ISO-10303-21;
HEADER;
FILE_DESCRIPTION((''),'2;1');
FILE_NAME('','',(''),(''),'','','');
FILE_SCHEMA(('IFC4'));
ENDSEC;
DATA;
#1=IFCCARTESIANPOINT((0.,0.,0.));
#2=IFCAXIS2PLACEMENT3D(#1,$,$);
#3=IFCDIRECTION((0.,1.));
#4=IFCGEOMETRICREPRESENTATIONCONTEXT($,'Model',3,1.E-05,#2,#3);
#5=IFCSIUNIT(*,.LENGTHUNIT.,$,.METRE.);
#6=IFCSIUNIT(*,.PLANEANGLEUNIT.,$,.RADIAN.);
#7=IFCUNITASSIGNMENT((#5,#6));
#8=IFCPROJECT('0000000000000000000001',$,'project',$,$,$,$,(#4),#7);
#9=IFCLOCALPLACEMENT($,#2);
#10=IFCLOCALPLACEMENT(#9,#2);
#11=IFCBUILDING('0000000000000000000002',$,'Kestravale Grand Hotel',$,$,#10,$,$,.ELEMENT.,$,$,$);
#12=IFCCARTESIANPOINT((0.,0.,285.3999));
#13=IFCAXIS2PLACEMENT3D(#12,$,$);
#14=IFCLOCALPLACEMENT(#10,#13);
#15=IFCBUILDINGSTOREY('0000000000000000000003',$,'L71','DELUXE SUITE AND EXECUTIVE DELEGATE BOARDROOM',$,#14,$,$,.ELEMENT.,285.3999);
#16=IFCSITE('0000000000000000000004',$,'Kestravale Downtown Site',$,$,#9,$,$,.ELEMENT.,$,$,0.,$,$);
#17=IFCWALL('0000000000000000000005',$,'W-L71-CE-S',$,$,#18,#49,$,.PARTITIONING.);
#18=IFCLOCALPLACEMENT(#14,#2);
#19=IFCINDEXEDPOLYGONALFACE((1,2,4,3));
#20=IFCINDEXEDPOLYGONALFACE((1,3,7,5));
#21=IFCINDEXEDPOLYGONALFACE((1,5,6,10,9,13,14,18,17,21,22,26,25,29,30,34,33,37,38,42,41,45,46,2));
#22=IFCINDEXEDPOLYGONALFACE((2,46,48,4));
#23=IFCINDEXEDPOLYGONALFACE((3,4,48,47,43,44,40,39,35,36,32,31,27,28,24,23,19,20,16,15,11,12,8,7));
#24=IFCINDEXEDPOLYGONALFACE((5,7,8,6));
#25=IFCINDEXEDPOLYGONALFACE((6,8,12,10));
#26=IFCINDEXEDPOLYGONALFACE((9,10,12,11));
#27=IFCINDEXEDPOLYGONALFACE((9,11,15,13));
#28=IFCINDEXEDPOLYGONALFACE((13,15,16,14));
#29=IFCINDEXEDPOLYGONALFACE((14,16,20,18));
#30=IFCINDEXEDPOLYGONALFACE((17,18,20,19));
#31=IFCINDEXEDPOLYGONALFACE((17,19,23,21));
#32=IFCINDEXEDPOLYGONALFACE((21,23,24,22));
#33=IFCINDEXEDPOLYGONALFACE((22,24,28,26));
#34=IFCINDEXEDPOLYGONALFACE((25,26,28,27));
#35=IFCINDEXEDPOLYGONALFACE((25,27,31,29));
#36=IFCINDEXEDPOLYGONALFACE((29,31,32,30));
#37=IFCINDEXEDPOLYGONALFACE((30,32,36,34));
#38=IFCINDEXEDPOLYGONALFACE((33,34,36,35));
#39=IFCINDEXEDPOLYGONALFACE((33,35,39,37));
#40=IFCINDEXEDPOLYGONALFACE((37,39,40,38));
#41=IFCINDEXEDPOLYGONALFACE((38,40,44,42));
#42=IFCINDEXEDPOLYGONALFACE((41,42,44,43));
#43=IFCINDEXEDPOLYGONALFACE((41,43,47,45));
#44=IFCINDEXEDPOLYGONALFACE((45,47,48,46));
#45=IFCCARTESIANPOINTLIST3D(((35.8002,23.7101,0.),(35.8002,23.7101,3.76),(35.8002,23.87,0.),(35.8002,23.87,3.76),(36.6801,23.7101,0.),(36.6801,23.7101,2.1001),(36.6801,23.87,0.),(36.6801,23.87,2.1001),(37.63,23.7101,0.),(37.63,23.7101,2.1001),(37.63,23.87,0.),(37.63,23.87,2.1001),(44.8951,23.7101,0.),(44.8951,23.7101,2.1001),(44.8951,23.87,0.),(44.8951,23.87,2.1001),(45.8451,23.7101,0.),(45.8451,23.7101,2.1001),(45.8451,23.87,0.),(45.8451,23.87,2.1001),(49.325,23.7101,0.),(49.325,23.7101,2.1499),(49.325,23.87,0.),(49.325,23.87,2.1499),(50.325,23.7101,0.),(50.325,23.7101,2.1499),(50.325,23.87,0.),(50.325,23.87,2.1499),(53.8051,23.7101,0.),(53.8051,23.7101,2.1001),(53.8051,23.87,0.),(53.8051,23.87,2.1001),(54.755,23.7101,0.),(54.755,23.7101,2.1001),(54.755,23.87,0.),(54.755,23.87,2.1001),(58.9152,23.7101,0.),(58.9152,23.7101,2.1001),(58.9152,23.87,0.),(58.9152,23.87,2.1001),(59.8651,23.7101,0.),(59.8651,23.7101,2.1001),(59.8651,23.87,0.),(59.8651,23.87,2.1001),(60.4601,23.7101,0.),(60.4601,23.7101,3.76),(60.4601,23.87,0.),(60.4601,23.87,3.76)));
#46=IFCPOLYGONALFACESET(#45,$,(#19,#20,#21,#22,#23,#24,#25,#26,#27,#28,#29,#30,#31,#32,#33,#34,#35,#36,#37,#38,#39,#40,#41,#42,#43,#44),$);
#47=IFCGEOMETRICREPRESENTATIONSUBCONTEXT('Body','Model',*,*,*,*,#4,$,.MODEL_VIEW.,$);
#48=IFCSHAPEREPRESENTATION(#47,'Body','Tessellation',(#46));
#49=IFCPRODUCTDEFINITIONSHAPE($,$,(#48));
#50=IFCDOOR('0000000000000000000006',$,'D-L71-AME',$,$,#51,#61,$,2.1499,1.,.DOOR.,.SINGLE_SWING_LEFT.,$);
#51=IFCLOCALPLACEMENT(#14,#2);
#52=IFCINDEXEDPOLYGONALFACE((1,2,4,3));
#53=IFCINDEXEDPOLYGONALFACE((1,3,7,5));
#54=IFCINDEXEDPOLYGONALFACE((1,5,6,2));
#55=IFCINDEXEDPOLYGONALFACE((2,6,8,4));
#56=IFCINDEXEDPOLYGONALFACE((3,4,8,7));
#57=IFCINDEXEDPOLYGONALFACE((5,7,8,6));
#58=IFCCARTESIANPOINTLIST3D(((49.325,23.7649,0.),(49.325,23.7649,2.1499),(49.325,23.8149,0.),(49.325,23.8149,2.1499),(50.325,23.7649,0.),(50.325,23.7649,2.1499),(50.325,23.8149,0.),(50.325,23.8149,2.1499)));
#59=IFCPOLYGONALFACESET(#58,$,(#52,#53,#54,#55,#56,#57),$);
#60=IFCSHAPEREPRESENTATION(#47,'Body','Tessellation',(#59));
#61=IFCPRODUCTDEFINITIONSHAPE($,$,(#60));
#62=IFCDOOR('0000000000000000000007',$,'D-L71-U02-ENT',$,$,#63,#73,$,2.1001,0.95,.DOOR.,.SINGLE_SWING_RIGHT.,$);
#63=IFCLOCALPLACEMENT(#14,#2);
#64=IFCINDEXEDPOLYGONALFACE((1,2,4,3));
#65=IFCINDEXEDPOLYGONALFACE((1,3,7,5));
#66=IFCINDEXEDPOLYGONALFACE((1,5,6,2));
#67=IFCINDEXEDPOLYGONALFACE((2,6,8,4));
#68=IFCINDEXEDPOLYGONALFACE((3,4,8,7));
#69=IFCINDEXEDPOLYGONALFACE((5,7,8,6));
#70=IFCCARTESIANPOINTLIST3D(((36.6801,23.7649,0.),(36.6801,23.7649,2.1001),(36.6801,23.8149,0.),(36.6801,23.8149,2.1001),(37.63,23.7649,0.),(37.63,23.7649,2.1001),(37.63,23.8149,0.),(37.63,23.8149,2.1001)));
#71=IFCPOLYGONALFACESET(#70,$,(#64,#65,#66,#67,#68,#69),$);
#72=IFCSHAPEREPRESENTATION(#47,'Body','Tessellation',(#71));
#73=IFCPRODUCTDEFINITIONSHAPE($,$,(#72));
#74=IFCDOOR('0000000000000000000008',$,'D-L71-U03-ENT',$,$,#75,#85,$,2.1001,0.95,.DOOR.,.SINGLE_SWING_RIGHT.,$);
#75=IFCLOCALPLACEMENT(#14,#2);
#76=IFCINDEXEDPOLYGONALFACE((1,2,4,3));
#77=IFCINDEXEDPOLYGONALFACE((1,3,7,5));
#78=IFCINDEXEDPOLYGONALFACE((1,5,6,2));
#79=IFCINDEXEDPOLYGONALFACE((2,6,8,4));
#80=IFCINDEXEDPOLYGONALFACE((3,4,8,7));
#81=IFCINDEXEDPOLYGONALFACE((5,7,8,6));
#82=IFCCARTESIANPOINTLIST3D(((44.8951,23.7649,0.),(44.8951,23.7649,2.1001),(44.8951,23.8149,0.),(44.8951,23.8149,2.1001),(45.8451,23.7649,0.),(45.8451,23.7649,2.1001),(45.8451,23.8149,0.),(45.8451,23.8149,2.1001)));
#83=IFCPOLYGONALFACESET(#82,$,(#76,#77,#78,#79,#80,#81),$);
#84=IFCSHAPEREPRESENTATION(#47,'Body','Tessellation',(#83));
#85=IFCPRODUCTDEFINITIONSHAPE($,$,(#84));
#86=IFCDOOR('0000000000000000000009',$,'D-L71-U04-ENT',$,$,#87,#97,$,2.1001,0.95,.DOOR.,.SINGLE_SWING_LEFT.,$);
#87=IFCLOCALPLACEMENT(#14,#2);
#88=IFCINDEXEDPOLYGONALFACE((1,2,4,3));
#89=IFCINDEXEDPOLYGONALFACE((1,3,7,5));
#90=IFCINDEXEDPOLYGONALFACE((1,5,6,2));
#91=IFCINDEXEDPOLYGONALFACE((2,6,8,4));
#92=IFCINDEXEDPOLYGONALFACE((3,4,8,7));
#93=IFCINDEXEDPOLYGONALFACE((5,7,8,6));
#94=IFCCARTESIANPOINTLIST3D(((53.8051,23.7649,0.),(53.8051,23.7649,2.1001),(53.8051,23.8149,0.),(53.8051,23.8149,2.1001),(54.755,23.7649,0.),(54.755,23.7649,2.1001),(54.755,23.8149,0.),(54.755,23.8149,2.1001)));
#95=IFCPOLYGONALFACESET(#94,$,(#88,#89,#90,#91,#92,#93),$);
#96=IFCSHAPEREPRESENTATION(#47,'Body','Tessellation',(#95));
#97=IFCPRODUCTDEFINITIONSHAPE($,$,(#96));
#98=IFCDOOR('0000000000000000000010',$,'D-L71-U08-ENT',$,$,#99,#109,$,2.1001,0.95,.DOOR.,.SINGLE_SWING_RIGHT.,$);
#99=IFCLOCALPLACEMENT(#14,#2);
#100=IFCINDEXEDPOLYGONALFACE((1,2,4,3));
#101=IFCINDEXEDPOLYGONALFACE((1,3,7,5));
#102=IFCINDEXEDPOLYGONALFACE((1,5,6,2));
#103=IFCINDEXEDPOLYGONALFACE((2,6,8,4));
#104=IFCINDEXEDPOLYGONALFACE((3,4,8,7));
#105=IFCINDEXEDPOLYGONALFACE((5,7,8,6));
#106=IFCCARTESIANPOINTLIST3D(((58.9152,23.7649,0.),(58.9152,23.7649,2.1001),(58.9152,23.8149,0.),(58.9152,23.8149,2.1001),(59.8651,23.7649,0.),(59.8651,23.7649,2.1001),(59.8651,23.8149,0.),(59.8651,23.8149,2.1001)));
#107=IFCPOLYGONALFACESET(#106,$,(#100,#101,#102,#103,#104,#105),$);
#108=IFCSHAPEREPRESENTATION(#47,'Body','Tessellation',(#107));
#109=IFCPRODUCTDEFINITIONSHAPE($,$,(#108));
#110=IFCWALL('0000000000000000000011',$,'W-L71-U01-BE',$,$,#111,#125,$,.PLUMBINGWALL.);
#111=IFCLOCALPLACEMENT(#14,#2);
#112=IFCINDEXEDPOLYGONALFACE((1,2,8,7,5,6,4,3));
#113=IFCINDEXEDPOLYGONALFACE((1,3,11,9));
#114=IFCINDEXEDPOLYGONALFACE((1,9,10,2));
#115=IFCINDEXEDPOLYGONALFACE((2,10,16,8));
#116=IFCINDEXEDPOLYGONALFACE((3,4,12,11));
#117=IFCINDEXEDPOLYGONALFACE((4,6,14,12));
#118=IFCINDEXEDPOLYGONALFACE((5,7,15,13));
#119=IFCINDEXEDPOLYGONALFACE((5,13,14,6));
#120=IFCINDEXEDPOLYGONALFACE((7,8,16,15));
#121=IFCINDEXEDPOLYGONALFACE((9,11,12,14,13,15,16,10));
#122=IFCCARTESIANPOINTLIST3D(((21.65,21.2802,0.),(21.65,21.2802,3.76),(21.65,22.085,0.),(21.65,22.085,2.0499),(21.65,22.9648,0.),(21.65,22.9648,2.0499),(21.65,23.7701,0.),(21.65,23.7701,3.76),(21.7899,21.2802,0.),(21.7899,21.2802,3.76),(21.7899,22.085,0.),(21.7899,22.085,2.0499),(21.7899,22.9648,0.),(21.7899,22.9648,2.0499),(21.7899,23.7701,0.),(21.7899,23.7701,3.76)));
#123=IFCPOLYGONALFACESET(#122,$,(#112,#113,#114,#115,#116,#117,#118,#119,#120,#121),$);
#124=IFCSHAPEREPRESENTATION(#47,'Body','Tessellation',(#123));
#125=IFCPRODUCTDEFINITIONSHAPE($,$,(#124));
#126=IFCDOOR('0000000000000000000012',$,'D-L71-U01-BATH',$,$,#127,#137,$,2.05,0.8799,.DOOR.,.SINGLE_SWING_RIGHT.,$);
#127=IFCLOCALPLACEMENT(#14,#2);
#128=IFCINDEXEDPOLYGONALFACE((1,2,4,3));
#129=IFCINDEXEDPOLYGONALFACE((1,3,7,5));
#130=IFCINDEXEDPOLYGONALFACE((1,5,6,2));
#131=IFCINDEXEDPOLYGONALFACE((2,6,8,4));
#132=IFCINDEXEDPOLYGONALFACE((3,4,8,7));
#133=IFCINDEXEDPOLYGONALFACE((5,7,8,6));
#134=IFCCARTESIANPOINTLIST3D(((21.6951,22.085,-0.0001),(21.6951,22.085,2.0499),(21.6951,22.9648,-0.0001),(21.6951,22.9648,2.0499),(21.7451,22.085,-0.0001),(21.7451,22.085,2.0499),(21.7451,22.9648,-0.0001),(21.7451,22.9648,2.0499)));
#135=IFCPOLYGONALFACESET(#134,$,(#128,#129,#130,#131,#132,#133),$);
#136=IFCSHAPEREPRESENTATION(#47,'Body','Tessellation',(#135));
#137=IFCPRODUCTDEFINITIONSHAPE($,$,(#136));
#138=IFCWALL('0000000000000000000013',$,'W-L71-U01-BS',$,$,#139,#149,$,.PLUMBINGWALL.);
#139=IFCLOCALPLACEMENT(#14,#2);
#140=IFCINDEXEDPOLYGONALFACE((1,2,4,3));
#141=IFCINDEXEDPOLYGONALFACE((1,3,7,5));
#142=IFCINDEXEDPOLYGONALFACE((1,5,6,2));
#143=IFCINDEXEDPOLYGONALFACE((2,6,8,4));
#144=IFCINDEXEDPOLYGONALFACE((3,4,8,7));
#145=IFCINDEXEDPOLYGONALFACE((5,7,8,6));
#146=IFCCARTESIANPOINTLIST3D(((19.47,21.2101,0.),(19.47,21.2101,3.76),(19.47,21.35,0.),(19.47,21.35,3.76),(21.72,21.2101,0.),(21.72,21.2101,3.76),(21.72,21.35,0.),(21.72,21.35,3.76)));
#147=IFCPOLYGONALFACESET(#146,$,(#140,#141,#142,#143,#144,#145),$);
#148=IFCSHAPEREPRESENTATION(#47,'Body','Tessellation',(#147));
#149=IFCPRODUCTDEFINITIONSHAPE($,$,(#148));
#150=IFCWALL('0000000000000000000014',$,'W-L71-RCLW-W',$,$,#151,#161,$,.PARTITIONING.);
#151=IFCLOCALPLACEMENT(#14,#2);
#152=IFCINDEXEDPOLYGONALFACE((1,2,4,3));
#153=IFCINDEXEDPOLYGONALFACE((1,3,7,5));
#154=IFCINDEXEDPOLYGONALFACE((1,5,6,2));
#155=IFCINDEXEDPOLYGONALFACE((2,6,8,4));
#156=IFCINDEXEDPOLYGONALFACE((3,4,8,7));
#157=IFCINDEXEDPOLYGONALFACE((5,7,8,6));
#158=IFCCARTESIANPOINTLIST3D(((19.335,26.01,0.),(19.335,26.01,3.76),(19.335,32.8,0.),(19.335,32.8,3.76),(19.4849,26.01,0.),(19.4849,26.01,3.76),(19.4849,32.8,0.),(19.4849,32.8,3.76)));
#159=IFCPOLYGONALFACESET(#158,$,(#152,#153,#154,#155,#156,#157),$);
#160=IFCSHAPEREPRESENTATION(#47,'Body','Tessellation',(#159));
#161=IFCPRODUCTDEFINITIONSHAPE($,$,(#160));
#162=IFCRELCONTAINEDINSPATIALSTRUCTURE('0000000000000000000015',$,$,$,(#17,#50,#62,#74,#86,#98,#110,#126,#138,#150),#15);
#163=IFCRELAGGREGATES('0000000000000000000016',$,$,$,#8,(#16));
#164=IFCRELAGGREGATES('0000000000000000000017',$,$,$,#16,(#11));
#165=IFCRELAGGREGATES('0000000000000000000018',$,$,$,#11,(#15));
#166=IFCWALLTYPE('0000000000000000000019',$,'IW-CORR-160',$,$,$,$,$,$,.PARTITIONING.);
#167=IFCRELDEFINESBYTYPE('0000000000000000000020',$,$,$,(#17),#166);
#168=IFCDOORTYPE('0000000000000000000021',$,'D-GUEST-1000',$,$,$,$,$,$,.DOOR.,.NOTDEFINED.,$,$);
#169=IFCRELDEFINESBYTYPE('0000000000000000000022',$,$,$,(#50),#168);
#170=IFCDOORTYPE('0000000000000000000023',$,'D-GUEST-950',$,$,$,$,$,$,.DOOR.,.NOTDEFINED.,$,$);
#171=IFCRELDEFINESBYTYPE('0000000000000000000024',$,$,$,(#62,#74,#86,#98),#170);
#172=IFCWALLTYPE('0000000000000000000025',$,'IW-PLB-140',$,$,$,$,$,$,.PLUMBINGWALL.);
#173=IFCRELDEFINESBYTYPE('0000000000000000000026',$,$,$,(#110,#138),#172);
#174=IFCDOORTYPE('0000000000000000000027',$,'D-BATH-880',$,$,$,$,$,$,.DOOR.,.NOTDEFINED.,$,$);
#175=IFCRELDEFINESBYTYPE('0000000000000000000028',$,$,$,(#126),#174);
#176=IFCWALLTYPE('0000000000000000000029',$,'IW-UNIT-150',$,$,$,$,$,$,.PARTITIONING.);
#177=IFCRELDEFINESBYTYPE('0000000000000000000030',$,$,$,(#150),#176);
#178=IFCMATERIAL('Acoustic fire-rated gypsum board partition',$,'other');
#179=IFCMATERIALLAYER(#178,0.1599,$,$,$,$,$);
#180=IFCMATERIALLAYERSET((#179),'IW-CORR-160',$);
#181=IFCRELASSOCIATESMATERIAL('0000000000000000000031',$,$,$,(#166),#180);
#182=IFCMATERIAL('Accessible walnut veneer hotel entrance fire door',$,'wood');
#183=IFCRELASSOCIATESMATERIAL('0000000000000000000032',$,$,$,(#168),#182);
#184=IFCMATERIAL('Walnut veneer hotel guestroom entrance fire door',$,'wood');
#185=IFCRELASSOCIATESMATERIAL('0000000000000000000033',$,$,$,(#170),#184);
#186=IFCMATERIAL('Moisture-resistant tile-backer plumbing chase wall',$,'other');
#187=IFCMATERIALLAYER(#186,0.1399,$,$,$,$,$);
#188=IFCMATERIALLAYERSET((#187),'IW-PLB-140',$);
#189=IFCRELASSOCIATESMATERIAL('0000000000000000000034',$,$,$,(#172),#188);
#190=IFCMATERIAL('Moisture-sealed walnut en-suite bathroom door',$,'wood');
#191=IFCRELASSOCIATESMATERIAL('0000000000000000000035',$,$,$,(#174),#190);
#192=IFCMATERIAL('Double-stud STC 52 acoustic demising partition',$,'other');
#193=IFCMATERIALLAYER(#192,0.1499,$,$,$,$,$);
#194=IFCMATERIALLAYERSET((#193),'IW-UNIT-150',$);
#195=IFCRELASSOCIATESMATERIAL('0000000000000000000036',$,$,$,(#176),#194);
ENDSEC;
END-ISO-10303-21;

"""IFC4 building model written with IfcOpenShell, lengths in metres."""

from ifc_helpers import new_model, si_unit, direction, frame, frame_2d, origin, place, context, subcontext, project, spatial, rectangle, extrude, material, layer, layer_set, type_object, element, fill, save


model = new_model("IFC4")

# Units and contexts
model_context = context("Model", 3, precision=1e-05, world=origin(), true_north=direction((0.0, 1.0)))
body_context = subcontext(model_context, "Body", "Model", "MODEL_VIEW")
ifc_project = project(units=[si_unit("LENGTHUNIT", "METRE"), si_unit("PLANEANGLEUNIT", "RADIAN")], contexts=[model_context])

# Site, building, storey
site_placement = place(None, origin())
site = spatial("IfcSite", under=ifc_project, at=site_placement, Name="Kestravale Downtown Site", CompositionType="ELEMENT", RefElevation=0.0)
building_placement = place(site_placement, origin())
building = spatial("IfcBuilding", under=site, at=building_placement, Name="Kestravale Grand Hotel", CompositionType="ELEMENT")
storey_placement = place(building_placement, frame((0.0, 0.0, 285.3999)))
storey = spatial("IfcBuildingStorey", under=building, at=storey_placement, Name="L71", Description="DELUXE SUITE AND EXECUTIVE DELEGATE BOARDROOM", CompositionType="ELEMENT", Elevation=285.3999)

# Shared definitions
ifc_material_1 = material(Name="Acoustic fire-rated gypsum board partition", Category="other")
ifc_layer_1 = layer(ifc_material_1, 0.1599)
ifc_layer_set_1 = layer_set([ifc_layer_1], Name="IW-CORR-160")
wall_type_1 = type_object("IfcWallType", Name="IW-CORR-160", PredefinedType="PARTITIONING", material=ifc_layer_set_1)
ifc_material_2 = material(Name="Accessible walnut veneer hotel entrance fire door", Category="wood")
door_type_1 = type_object("IfcDoorType", Name="D-GUEST-1000", OperationType="NOTDEFINED", PredefinedType="DOOR", material=ifc_material_2)

# Wall, openings, doors
wall_1_placement = place(storey_placement, frame((35.8, 23.79, 0.0), z_axis=(0.0, 0.0, 1.0), x_axis=(1.0, 0.0, 0.0)))
wall_1 = element("IfcWall", 1, at=wall_1_placement, inside=storey, type_object=wall_type_1, Name="W-L71-CE-S", PredefinedType="PARTITIONING", context=body_context, shape_type="SweptSolid", body=[
    extrude(rectangle(XDim=24.6599, YDim=0.1599, at=frame_2d((12.3301, 0.0))), origin(), (0.0, 0.0, 1.0), 3.76),
])
opening_1_placement = place(wall_1_placement, frame((0.8799, 0.0, 0.0)))
opening_1 = element("IfcOpeningElement", 2, at=opening_1_placement, cuts=wall_1, PredefinedType="OPENING", context=body_context, shape_type="SweptSolid", body=[
    extrude(rectangle(XDim=0.95, YDim=2.1001, at=frame_2d((0.4751, 1.05))), frame((0.0, 0.0898, 0.0), z_axis=(0.0, -1.0, 0.0), x_axis=(1.0, 0.0, 0.0)), (0.0, 0.0, 1.0), 0.1799),
])
opening_2_placement = place(wall_1_placement, frame((9.095, 0.0, 0.0)))
opening_2 = element("IfcOpeningElement", 3, at=opening_2_placement, cuts=wall_1, PredefinedType="OPENING", context=body_context, shape_type="SweptSolid", body=[
    extrude(rectangle(XDim=0.95, YDim=2.1001, at=frame_2d((0.4751, 1.05))), frame((0.0, 0.0898, 0.0), z_axis=(0.0, -1.0, 0.0), x_axis=(1.0, 0.0, 0.0)), (0.0, 0.0, 1.0), 0.1799),
])
opening_3_placement = place(wall_1_placement, frame((13.5249, 0.0, 0.0)))
opening_3 = element("IfcOpeningElement", 4, at=opening_3_placement, cuts=wall_1, PredefinedType="OPENING", context=body_context, shape_type="SweptSolid", body=[
    extrude(rectangle(XDim=1.0, YDim=2.1499, at=frame_2d((0.5, 1.075))), frame((0.0, 0.0898, 0.0), z_axis=(0.0, -1.0, 0.0), x_axis=(1.0, 0.0, 0.0)), (0.0, 0.0, 1.0), 0.1799),
])
opening_4_placement = place(wall_1_placement, frame((18.0049, 0.0, 0.0)))
opening_4 = element("IfcOpeningElement", 5, at=opening_4_placement, cuts=wall_1, PredefinedType="OPENING", context=body_context, shape_type="SweptSolid", body=[
    extrude(rectangle(XDim=0.95, YDim=2.1001, at=frame_2d((0.4751, 1.05))), frame((0.0, 0.0898, 0.0), z_axis=(0.0, -1.0, 0.0), x_axis=(1.0, 0.0, 0.0)), (0.0, 0.0, 1.0), 0.1799),
])
opening_5_placement = place(wall_1_placement, frame((23.115, 0.0, 0.0)))
opening_5 = element("IfcOpeningElement", 6, at=opening_5_placement, cuts=wall_1, PredefinedType="OPENING", context=body_context, shape_type="SweptSolid", body=[
    extrude(rectangle(XDim=0.95, YDim=2.1001, at=frame_2d((0.4751, 1.05))), frame((0.0, 0.0898, 0.0), z_axis=(0.0, -1.0, 0.0), x_axis=(1.0, 0.0, 0.0)), (0.0, 0.0, 1.0), 0.1799),
])
door_1_placement = place(opening_3_placement, origin())
door_1 = element("IfcDoor", 7, at=door_1_placement, inside=storey, type_object=door_type_1, Name="D-L71-AME", OperationType="SINGLE_SWING_LEFT", OverallHeight=2.1499, OverallWidth=1.0, PredefinedType="DOOR", context=body_context, shape_type="SweptSolid", body=[
    extrude(rectangle(XDim=1.0, YDim=2.1499, at=frame_2d((0.5, 1.075))), frame((0.0, 0.0249, 0.0), z_axis=(0.0, -1.0, 0.0), x_axis=(1.0, 0.0, 0.0)), (0.0, 0.0, 1.0), 0.05),
])
fill(opening_3, door_1)
ifc_material_3 = material(Name="Walnut veneer hotel guestroom entrance fire door", Category="wood")
door_type_2 = type_object("IfcDoorType", Name="D-GUEST-950", OperationType="NOTDEFINED", PredefinedType="DOOR", material=ifc_material_3)
door_2_placement = place(opening_1_placement, origin())
door_2 = element("IfcDoor", 8, at=door_2_placement, inside=storey, type_object=door_type_2, Name="D-L71-U02-ENT", OperationType="SINGLE_SWING_RIGHT", OverallHeight=2.1001, OverallWidth=0.95, PredefinedType="DOOR", context=body_context, shape_type="SweptSolid", body=[
    extrude(rectangle(XDim=0.95, YDim=2.1001, at=frame_2d((0.4751, 1.05))), frame((0.0, 0.0249, 0.0), z_axis=(0.0, -1.0, 0.0), x_axis=(1.0, 0.0, 0.0)), (0.0, 0.0, 1.0), 0.05),
])
fill(opening_1, door_2)
door_3_placement = place(opening_2_placement, origin())
door_3 = element("IfcDoor", 9, at=door_3_placement, inside=storey, type_object=door_type_2, Name="D-L71-U03-ENT", OperationType="SINGLE_SWING_RIGHT", OverallHeight=2.1001, OverallWidth=0.95, PredefinedType="DOOR", context=body_context, shape_type="SweptSolid", body=[
    extrude(rectangle(XDim=0.95, YDim=2.1001, at=frame_2d((0.4751, 1.05))), frame((0.0, 0.0249, 0.0), z_axis=(0.0, -1.0, 0.0), x_axis=(1.0, 0.0, 0.0)), (0.0, 0.0, 1.0), 0.05),
])
fill(opening_2, door_3)
door_4_placement = place(opening_4_placement, origin())
door_4 = element("IfcDoor", 10, at=door_4_placement, inside=storey, type_object=door_type_2, Name="D-L71-U04-ENT", OperationType="SINGLE_SWING_LEFT", OverallHeight=2.1001, OverallWidth=0.95, PredefinedType="DOOR", context=body_context, shape_type="SweptSolid", body=[
    extrude(rectangle(XDim=0.95, YDim=2.1001, at=frame_2d((0.4751, 1.05))), frame((0.0, 0.0249, 0.0), z_axis=(0.0, -1.0, 0.0), x_axis=(1.0, 0.0, 0.0)), (0.0, 0.0, 1.0), 0.05),
])
fill(opening_4, door_4)
door_5_placement = place(opening_5_placement, origin())
door_5 = element("IfcDoor", 11, at=door_5_placement, inside=storey, type_object=door_type_2, Name="D-L71-U08-ENT", OperationType="SINGLE_SWING_RIGHT", OverallHeight=2.1001, OverallWidth=0.95, PredefinedType="DOOR", context=body_context, shape_type="SweptSolid", body=[
    extrude(rectangle(XDim=0.95, YDim=2.1001, at=frame_2d((0.4751, 1.05))), frame((0.0, 0.0249, 0.0), z_axis=(0.0, -1.0, 0.0), x_axis=(1.0, 0.0, 0.0)), (0.0, 0.0, 1.0), 0.05),
])
fill(opening_5, door_5)

# Wall, opening, door
ifc_material_4 = material(Name="Moisture-resistant tile-backer plumbing chase wall", Category="other")
ifc_layer_2 = layer(ifc_material_4, 0.1399)
ifc_layer_set_2 = layer_set([ifc_layer_2], Name="IW-PLB-140")
wall_type_2 = type_object("IfcWallType", Name="IW-PLB-140", PredefinedType="PLUMBINGWALL", material=ifc_layer_set_2)
wall_2_placement = place(storey_placement, frame((21.72, 21.28, 0.0), z_axis=(0.0, 0.0, 1.0), x_axis=(0.0, 1.0, 0.0)))
wall_2 = element("IfcWall", 12, at=wall_2_placement, inside=storey, type_object=wall_type_2, Name="W-L71-U01-BE", PredefinedType="PLUMBINGWALL", context=body_context, shape_type="SweptSolid", body=[
    extrude(rectangle(XDim=2.49, YDim=0.1399, at=frame_2d((1.2451, 0.0))), origin(), (0.0, 0.0, 1.0), 3.76),
])
opening_6_placement = place(wall_2_placement, frame((0.8049, 0.0, 0.0)))
opening_6 = element("IfcOpeningElement", 13, at=opening_6_placement, cuts=wall_2, PredefinedType="OPENING", context=body_context, shape_type="SweptSolid", body=[
    extrude(rectangle(XDim=0.8799, YDim=2.05, at=frame_2d((0.4399, 1.0249))), frame((0.0, 0.0798, 0.0), z_axis=(0.0, -1.0, 0.0), x_axis=(1.0, 0.0, 0.0)), (0.0, 0.0, 1.0), 0.1599),
])
ifc_material_5 = material(Name="Moisture-sealed walnut en-suite bathroom door", Category="wood")
door_type_3 = type_object("IfcDoorType", Name="D-BATH-880", OperationType="NOTDEFINED", PredefinedType="DOOR", material=ifc_material_5)
door_6_placement = place(opening_6_placement, origin())
door_6 = element("IfcDoor", 14, at=door_6_placement, inside=storey, type_object=door_type_3, Name="D-L71-U01-BATH", OperationType="SINGLE_SWING_RIGHT", OverallHeight=2.05, OverallWidth=0.8799, PredefinedType="DOOR", context=body_context, shape_type="SweptSolid", body=[
    extrude(rectangle(XDim=0.8799, YDim=2.05, at=frame_2d((0.4399, 1.0249))), frame((0.0, 0.0249, 0.0), z_axis=(0.0, -1.0, 0.0), x_axis=(1.0, 0.0, 0.0)), (0.0, 0.0, 1.0), 0.05),
])
fill(opening_6, door_6)

# Walls
wall_3_placement = place(storey_placement, frame((19.47, 21.28, 0.0), z_axis=(0.0, 0.0, 1.0), x_axis=(1.0, 0.0, 0.0)))
element("IfcWall", 15, at=wall_3_placement, inside=storey, type_object=wall_type_2, Name="W-L71-U01-BS", PredefinedType="PLUMBINGWALL", context=body_context, shape_type="SweptSolid", body=[
    extrude(rectangle(XDim=2.25, YDim=0.1399, at=frame_2d((1.125, 0.0))), origin(), (0.0, 0.0, 1.0), 3.76),
])
ifc_material_6 = material(Name="Double-stud STC 52 acoustic demising partition", Category="other")
ifc_layer_3 = layer(ifc_material_6, 0.1499)
ifc_layer_set_3 = layer_set([ifc_layer_3], Name="IW-UNIT-150")
wall_type_3 = type_object("IfcWallType", Name="IW-UNIT-150", PredefinedType="PARTITIONING", material=ifc_layer_set_3)
wall_4_placement = place(storey_placement, frame((19.4099, 26.01, 0.0), z_axis=(0.0, 0.0, 1.0), x_axis=(0.0, 1.0, 0.0)))
element("IfcWall", 16, at=wall_4_placement, inside=storey, type_object=wall_type_3, Name="W-L71-RCLW-W", PredefinedType="PARTITIONING", context=body_context, shape_type="SweptSolid", body=[
    extrude(rectangle(XDim=6.79, YDim=0.1499, at=frame_2d((3.395, 0.0))), origin(), (0.0, 0.0, 1.0), 3.76),
])

save(model, "model.ifc")
